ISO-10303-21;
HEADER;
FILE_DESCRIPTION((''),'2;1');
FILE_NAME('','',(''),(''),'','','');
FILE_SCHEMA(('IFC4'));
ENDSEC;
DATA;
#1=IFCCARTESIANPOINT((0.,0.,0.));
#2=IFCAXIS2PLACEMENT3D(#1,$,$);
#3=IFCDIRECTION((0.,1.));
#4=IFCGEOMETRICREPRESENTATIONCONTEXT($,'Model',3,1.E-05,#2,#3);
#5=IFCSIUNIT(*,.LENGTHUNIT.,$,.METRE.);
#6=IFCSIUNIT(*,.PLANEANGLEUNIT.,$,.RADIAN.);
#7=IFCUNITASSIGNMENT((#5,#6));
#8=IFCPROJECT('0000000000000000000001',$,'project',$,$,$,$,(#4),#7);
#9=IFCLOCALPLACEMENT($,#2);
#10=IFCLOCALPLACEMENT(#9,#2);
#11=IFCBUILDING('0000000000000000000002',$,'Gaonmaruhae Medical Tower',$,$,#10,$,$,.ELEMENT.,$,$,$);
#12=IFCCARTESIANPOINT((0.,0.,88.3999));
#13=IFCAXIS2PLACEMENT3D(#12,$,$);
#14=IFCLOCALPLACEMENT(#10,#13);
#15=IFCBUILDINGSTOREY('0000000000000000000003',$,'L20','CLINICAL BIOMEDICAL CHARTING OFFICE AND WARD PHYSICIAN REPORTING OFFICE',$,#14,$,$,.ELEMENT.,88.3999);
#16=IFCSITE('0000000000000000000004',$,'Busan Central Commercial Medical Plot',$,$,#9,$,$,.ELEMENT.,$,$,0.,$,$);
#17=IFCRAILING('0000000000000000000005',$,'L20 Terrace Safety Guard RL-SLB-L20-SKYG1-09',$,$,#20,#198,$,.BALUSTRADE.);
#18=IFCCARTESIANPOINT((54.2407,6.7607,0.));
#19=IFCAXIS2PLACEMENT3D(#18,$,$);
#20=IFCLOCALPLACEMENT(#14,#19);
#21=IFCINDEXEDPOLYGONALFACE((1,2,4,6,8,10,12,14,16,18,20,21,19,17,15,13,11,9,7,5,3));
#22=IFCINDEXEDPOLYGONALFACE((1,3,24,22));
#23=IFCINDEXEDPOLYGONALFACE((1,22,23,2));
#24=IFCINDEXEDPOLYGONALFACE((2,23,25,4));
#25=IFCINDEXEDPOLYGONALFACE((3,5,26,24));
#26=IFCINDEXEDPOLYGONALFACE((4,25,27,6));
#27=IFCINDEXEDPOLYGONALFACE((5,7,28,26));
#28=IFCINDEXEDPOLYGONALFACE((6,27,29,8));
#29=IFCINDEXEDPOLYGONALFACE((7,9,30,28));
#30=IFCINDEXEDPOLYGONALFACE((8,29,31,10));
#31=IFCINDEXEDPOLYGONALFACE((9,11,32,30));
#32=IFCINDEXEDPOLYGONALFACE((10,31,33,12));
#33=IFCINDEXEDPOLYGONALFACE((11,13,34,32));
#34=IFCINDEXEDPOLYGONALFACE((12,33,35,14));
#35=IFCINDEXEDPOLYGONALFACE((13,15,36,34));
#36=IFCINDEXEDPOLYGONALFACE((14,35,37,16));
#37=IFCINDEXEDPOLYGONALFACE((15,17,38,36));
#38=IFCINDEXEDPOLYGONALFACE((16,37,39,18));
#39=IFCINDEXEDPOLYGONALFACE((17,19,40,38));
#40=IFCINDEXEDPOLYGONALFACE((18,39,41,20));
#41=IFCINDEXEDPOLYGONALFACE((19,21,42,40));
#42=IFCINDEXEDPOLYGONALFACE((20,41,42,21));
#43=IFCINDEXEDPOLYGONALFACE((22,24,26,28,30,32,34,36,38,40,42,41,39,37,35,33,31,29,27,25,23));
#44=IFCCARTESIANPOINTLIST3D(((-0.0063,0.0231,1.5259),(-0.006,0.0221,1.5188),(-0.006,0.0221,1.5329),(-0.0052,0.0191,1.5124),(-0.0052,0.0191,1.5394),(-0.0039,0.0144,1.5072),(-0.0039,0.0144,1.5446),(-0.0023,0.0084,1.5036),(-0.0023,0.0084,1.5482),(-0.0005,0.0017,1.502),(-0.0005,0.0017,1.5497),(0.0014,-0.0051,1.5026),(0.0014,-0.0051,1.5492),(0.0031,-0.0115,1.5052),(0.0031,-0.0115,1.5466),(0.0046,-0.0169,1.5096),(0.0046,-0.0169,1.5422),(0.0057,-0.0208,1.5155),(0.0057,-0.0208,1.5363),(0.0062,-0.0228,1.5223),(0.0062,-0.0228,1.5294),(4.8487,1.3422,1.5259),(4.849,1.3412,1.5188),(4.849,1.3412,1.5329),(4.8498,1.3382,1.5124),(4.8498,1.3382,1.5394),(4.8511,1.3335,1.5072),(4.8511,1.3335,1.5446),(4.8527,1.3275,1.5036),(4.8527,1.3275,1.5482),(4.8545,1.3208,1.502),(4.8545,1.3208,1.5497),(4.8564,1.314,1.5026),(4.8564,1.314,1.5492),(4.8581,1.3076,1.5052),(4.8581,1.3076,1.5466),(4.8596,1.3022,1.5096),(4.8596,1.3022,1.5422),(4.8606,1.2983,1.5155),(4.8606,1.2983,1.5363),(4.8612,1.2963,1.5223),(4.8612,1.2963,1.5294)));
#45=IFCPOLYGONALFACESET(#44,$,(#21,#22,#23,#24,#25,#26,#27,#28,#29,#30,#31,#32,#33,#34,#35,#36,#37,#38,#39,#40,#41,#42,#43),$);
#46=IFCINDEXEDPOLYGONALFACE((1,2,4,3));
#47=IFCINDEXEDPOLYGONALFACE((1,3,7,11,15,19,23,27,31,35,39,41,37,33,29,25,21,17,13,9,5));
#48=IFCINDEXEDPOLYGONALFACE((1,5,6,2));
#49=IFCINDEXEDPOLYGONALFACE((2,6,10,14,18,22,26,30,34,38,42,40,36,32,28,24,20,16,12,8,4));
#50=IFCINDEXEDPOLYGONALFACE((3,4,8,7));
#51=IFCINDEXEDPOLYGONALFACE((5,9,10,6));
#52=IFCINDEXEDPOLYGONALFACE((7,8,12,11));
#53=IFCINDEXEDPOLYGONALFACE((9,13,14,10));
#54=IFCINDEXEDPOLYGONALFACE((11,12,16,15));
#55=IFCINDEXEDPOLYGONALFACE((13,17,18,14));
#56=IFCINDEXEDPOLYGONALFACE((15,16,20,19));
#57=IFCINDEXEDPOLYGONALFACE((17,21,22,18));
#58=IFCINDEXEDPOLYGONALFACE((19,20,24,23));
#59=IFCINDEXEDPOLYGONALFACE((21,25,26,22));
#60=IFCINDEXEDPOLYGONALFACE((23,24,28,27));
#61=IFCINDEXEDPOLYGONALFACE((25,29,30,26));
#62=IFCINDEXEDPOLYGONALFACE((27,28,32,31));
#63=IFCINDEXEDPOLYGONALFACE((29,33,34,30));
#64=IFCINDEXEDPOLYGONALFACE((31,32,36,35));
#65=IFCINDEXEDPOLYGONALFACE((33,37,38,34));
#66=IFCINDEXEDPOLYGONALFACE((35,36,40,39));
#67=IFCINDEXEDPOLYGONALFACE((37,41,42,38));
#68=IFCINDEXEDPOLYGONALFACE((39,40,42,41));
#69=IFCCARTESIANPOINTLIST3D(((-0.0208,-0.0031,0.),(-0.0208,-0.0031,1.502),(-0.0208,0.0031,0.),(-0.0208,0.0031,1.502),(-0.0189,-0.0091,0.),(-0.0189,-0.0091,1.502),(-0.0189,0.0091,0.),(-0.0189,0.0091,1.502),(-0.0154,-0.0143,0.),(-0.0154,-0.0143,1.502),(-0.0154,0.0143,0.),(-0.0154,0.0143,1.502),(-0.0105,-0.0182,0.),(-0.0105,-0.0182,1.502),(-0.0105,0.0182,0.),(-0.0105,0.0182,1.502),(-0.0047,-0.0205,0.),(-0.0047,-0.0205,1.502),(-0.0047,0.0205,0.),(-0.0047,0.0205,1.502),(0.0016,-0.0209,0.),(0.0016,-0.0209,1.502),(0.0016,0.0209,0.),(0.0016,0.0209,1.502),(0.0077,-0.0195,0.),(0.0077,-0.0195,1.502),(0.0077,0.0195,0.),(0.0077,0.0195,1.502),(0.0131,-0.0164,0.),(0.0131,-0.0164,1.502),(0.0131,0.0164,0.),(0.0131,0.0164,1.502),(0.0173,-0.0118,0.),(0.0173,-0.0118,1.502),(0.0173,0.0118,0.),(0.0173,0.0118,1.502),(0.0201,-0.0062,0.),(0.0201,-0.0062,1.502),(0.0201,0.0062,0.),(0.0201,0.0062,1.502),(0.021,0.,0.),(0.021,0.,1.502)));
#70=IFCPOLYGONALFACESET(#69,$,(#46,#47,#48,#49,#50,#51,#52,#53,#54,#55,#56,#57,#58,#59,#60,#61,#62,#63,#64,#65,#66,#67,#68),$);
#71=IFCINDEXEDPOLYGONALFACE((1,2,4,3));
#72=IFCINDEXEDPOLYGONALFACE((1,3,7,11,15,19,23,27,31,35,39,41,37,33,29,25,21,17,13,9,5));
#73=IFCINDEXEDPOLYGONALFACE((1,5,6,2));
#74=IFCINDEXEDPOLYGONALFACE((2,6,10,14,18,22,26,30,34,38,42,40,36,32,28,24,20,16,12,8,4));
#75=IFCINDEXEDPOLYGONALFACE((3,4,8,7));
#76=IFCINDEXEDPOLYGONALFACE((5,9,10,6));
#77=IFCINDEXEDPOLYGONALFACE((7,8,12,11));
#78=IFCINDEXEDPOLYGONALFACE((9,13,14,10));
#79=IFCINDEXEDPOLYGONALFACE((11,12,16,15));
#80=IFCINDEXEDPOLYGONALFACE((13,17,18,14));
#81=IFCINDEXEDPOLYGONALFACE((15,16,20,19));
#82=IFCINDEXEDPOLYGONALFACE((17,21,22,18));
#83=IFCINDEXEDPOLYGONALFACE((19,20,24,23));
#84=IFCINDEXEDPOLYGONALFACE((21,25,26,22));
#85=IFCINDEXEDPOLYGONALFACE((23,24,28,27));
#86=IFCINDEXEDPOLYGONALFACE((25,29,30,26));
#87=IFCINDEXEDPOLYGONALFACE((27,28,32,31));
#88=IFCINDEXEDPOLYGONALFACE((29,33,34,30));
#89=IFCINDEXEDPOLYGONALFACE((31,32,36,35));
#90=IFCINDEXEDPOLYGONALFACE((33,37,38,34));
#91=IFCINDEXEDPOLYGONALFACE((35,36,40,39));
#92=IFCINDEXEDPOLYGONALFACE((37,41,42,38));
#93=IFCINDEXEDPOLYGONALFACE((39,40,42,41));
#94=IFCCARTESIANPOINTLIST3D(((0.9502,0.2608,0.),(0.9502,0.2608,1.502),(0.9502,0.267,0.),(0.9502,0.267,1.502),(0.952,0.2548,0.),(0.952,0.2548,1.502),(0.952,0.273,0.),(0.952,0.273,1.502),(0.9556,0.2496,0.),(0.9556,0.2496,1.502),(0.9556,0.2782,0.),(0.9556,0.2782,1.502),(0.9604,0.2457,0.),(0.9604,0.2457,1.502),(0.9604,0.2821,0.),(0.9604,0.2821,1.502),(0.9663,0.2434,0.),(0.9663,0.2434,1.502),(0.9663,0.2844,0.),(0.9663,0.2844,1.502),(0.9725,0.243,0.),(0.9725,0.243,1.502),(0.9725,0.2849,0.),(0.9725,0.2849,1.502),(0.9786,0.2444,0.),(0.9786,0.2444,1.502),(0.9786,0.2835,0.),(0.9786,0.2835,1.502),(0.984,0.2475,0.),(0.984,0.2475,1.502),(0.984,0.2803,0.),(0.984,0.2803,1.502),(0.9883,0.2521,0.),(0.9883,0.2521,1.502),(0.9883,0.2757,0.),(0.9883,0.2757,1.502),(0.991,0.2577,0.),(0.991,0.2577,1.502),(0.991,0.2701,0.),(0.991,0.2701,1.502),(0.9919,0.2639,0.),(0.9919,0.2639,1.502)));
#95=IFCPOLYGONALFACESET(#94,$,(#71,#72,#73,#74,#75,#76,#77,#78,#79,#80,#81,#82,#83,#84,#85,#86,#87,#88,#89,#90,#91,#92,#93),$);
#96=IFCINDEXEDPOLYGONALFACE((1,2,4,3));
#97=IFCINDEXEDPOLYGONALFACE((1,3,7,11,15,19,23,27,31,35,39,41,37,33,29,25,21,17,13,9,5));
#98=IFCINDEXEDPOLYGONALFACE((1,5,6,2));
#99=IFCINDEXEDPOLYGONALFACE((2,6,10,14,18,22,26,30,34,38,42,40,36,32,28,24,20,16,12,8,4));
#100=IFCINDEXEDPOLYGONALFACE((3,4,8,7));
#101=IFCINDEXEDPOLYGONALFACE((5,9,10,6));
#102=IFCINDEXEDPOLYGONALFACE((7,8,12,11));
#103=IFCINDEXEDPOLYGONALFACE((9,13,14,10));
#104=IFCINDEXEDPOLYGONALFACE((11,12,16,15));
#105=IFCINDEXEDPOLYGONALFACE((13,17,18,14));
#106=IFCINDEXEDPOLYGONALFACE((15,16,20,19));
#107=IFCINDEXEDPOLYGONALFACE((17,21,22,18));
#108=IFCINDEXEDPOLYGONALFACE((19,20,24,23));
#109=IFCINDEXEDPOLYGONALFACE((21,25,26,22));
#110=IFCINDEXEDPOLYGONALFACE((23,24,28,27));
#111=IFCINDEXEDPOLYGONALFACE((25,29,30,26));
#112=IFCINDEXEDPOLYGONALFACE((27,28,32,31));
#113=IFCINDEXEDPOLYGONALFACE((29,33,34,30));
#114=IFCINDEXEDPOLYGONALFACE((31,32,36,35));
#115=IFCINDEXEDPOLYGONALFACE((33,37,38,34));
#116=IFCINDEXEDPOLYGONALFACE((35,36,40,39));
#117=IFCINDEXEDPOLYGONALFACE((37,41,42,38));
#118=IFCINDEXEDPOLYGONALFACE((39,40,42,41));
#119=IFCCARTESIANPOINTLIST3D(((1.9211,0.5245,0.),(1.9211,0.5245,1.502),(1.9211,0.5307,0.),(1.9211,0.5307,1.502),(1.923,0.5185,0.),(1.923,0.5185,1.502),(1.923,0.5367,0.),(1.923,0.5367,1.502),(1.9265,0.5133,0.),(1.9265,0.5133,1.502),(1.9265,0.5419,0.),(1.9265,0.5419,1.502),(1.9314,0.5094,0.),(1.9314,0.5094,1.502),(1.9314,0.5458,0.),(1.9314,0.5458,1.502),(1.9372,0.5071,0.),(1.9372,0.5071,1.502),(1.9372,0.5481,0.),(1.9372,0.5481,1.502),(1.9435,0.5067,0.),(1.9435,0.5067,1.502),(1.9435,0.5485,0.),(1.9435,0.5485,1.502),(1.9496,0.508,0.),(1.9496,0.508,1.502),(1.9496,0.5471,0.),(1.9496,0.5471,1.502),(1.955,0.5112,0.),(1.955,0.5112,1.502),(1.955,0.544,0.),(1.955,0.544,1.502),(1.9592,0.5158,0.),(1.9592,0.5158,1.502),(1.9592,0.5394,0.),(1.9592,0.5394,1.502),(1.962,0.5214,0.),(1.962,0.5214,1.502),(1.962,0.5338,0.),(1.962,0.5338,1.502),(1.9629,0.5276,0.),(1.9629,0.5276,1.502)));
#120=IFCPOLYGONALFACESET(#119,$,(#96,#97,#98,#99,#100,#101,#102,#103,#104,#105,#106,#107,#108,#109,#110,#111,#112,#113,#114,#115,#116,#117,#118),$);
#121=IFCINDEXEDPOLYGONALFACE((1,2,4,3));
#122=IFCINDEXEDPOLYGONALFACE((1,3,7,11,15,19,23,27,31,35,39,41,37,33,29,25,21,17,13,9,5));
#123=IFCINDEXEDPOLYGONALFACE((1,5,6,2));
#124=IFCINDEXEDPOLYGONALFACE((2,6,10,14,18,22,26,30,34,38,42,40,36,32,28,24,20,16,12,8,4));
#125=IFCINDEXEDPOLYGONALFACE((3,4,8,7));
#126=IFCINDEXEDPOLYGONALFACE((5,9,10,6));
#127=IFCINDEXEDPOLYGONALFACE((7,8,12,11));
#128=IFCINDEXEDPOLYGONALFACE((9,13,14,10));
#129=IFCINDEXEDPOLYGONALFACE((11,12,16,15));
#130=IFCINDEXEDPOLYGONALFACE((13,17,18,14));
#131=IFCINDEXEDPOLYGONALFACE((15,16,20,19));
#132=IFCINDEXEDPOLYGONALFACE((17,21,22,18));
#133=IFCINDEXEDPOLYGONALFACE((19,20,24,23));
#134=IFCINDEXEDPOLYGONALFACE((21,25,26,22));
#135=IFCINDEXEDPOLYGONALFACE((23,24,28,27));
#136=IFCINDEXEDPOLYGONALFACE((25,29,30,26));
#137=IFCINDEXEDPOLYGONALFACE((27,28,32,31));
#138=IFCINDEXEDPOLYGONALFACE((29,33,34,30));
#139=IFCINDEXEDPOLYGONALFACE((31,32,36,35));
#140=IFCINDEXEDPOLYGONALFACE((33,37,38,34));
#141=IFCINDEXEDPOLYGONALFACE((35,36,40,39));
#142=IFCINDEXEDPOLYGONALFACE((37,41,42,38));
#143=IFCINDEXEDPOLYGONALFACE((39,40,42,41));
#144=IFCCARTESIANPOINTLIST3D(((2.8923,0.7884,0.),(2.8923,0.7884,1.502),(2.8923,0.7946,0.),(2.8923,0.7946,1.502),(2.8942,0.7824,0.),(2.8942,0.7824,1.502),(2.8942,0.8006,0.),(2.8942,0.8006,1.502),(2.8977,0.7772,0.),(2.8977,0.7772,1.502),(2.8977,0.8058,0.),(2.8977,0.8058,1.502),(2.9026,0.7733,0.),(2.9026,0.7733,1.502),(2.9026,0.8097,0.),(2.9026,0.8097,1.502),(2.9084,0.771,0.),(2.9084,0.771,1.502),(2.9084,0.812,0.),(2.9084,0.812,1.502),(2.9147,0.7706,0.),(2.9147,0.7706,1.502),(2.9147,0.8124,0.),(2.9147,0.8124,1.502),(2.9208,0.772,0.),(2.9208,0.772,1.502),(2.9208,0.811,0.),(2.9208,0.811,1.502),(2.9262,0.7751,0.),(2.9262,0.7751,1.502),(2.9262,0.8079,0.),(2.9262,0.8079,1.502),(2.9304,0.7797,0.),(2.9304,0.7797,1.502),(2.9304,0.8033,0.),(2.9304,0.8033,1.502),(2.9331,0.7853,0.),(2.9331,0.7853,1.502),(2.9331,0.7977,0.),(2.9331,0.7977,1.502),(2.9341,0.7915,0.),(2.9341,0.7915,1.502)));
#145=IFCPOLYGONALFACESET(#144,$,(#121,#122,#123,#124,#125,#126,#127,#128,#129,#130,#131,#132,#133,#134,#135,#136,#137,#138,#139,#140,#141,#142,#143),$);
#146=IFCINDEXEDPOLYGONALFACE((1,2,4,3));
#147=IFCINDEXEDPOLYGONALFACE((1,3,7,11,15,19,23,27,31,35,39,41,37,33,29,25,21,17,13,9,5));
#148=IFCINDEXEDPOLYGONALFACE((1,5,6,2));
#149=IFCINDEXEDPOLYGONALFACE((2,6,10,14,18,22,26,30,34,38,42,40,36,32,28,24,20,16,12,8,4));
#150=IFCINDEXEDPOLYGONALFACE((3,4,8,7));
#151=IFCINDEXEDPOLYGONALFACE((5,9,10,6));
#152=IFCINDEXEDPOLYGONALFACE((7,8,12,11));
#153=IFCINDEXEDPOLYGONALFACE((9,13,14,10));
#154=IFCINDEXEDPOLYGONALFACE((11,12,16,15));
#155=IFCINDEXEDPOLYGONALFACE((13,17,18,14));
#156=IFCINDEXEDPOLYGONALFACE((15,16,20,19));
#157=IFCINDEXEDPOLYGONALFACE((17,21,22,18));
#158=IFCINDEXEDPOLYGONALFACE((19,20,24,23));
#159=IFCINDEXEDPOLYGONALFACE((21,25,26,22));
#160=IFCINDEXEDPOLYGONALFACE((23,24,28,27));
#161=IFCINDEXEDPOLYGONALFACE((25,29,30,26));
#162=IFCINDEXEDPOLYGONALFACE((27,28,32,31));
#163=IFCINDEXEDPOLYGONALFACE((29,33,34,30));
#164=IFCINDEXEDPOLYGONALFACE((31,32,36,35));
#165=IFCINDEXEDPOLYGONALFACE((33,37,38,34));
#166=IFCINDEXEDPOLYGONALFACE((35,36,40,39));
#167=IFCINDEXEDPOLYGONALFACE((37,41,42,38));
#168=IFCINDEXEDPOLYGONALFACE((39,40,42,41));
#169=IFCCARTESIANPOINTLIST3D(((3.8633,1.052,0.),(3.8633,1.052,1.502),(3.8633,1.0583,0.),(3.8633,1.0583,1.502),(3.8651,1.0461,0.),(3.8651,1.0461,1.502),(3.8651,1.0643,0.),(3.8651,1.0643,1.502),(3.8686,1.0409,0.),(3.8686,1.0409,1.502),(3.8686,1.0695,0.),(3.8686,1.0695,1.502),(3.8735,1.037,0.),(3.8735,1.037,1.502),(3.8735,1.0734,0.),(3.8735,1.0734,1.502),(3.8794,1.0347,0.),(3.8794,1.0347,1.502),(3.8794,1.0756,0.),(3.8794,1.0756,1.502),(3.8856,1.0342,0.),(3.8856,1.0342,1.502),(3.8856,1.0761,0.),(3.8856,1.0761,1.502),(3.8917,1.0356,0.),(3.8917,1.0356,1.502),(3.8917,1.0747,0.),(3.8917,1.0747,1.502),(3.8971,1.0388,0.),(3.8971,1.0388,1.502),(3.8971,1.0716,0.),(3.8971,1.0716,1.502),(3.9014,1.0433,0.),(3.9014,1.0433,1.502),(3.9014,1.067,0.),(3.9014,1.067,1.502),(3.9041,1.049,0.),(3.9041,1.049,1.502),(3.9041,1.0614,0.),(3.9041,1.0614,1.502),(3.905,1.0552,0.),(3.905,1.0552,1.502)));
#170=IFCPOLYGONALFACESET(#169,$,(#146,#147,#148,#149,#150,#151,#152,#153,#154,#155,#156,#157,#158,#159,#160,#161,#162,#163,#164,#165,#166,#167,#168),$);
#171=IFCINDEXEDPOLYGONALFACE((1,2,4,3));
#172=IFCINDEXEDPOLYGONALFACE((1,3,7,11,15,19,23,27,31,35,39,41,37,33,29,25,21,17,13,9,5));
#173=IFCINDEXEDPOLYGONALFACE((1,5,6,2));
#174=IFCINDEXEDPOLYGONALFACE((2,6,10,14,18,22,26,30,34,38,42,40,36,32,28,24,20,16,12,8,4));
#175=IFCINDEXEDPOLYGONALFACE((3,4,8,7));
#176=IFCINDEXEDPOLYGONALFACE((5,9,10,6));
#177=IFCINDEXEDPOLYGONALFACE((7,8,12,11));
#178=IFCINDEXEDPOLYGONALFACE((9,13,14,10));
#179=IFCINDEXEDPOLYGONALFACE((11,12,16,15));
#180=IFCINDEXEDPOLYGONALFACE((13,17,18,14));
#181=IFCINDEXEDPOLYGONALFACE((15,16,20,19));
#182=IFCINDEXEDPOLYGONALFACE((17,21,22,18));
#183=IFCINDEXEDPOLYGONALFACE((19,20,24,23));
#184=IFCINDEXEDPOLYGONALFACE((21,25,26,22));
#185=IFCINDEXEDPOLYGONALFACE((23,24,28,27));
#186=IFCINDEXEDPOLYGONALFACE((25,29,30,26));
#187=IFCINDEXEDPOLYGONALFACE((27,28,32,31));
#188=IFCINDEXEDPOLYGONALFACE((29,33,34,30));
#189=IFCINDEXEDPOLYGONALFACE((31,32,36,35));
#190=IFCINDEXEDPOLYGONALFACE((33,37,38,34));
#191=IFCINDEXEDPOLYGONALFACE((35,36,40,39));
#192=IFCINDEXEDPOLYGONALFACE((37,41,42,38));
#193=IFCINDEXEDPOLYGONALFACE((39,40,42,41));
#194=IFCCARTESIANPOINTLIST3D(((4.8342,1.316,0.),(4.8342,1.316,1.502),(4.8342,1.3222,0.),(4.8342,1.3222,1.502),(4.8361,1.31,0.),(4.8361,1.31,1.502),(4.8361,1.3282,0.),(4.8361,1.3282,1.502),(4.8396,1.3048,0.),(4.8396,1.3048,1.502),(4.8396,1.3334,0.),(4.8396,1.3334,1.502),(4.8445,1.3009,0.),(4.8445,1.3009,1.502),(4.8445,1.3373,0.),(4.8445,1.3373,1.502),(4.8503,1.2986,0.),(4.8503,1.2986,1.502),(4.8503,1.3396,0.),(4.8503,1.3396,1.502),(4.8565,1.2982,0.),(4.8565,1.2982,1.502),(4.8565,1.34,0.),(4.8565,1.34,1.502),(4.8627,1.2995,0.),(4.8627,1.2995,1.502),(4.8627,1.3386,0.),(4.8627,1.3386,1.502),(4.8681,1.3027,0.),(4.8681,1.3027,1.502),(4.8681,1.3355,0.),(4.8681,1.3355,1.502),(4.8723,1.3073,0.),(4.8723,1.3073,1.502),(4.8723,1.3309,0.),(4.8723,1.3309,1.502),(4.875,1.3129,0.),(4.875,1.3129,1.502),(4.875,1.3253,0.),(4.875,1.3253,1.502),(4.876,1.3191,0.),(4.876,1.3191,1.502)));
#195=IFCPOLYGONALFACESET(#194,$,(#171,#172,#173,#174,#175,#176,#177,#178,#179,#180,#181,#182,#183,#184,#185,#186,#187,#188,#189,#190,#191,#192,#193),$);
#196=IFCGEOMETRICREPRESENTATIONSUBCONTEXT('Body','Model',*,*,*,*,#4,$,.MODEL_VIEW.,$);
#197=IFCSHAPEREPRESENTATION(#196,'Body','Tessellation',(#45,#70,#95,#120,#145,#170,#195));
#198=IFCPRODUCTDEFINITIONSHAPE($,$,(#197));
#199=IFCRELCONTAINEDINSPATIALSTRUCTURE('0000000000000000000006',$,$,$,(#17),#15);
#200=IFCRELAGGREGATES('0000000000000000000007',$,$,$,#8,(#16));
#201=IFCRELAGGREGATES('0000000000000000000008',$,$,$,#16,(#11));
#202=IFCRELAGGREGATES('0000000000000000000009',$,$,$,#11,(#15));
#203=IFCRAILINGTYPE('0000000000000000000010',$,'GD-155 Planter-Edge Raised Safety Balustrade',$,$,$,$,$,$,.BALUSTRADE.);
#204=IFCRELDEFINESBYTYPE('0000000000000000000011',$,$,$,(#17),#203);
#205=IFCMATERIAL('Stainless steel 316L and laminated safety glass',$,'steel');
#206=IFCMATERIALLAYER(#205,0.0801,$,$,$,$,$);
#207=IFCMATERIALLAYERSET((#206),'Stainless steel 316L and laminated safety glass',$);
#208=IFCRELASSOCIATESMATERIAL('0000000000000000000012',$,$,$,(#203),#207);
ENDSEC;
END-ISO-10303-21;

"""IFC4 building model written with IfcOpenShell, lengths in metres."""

from ifc_helpers import new_model, si_unit, direction, frame, origin, origin_2d, place, context, subcontext, project, spatial, circle, extrude, material, layer, layer_set, type_object, element, save


model = new_model("IFC4")

# Units and contexts
model_context = context("Model", 3, precision=1e-05, world=origin(), true_north=direction((0.0, 1.0)))
body_context = subcontext(model_context, "Body", "Model", "MODEL_VIEW")
ifc_project = project(units=[si_unit("LENGTHUNIT", "METRE"), si_unit("PLANEANGLEUNIT", "RADIAN")], contexts=[model_context])

# Site, building, storey
site_placement = place(None, origin())
site = spatial("IfcSite", under=ifc_project, at=site_placement, Name="Busan Central Commercial Medical Plot", CompositionType="ELEMENT", RefElevation=0.0)
building_placement = place(site_placement, origin())
building = spatial("IfcBuilding", under=site, at=building_placement, Name="Gaonmaruhae Medical Tower", CompositionType="ELEMENT")
storey_placement = place(building_placement, frame((0.0, 0.0, 88.3999)))
storey = spatial("IfcBuildingStorey", under=building, at=storey_placement, Name="L20", Description="CLINICAL BIOMEDICAL CHARTING OFFICE AND WARD PHYSICIAN REPORTING OFFICE", CompositionType="ELEMENT", Elevation=88.3999)

# Railing
ifc_material_1 = material(Name="Stainless steel 316L and laminated safety glass", Category="steel")
ifc_layer_1 = layer(ifc_material_1, 0.0801)
ifc_layer_set_1 = layer_set([ifc_layer_1], Name="Stainless steel 316L and laminated safety glass")
railing_type_1 = type_object("IfcRailingType", Name="GD-155 Planter-Edge Raised Safety Balustrade", PredefinedType="BALUSTRADE", material=ifc_layer_set_1)
railing_1_placement = place(storey_placement, frame((54.2407, 6.7607, 0.0)))
element("IfcRailing", 1, at=railing_1_placement, inside=storey, type_object=railing_type_1, Name="L20 Terrace Safety Guard RL-SLB-L20-SKYG1-09", PredefinedType="BALUSTRADE", context=body_context, shape_type="SweptSolid", body=[
    extrude(circle(Radius=0.0239, at=origin_2d()), frame((0.0, 0.0, 1.5259), z_axis=(0.965015, 0.262193, 0.0), x_axis=(-0.262193, 0.965015, 0.0)), (0.0, 0.0, 1.0), 5.031),
    extrude(circle(Radius=0.021, at=origin_2d()), origin(), (0.0, 0.0, 1.0), 1.502),
    extrude(circle(Radius=0.021, at=origin_2d()), frame((0.9709, 0.2639, 0.0)), (0.0, 0.0, 1.0), 1.502),
    extrude(circle(Radius=0.021, at=origin_2d()), frame((1.9419, 0.5276, 0.0)), (0.0, 0.0, 1.0), 1.502),
    extrude(circle(Radius=0.021, at=origin_2d()), frame((2.9131, 0.7915, 0.0)), (0.0, 0.0, 1.0), 1.502),
    extrude(circle(Radius=0.021, at=origin_2d()), frame((3.884, 1.0552, 0.0)), (0.0, 0.0, 1.0), 1.502),
    extrude(circle(Radius=0.021, at=origin_2d()), frame((4.855, 1.3191, 0.0)), (0.0, 0.0, 1.0), 1.502),
])

save(model, "model.ifc")
